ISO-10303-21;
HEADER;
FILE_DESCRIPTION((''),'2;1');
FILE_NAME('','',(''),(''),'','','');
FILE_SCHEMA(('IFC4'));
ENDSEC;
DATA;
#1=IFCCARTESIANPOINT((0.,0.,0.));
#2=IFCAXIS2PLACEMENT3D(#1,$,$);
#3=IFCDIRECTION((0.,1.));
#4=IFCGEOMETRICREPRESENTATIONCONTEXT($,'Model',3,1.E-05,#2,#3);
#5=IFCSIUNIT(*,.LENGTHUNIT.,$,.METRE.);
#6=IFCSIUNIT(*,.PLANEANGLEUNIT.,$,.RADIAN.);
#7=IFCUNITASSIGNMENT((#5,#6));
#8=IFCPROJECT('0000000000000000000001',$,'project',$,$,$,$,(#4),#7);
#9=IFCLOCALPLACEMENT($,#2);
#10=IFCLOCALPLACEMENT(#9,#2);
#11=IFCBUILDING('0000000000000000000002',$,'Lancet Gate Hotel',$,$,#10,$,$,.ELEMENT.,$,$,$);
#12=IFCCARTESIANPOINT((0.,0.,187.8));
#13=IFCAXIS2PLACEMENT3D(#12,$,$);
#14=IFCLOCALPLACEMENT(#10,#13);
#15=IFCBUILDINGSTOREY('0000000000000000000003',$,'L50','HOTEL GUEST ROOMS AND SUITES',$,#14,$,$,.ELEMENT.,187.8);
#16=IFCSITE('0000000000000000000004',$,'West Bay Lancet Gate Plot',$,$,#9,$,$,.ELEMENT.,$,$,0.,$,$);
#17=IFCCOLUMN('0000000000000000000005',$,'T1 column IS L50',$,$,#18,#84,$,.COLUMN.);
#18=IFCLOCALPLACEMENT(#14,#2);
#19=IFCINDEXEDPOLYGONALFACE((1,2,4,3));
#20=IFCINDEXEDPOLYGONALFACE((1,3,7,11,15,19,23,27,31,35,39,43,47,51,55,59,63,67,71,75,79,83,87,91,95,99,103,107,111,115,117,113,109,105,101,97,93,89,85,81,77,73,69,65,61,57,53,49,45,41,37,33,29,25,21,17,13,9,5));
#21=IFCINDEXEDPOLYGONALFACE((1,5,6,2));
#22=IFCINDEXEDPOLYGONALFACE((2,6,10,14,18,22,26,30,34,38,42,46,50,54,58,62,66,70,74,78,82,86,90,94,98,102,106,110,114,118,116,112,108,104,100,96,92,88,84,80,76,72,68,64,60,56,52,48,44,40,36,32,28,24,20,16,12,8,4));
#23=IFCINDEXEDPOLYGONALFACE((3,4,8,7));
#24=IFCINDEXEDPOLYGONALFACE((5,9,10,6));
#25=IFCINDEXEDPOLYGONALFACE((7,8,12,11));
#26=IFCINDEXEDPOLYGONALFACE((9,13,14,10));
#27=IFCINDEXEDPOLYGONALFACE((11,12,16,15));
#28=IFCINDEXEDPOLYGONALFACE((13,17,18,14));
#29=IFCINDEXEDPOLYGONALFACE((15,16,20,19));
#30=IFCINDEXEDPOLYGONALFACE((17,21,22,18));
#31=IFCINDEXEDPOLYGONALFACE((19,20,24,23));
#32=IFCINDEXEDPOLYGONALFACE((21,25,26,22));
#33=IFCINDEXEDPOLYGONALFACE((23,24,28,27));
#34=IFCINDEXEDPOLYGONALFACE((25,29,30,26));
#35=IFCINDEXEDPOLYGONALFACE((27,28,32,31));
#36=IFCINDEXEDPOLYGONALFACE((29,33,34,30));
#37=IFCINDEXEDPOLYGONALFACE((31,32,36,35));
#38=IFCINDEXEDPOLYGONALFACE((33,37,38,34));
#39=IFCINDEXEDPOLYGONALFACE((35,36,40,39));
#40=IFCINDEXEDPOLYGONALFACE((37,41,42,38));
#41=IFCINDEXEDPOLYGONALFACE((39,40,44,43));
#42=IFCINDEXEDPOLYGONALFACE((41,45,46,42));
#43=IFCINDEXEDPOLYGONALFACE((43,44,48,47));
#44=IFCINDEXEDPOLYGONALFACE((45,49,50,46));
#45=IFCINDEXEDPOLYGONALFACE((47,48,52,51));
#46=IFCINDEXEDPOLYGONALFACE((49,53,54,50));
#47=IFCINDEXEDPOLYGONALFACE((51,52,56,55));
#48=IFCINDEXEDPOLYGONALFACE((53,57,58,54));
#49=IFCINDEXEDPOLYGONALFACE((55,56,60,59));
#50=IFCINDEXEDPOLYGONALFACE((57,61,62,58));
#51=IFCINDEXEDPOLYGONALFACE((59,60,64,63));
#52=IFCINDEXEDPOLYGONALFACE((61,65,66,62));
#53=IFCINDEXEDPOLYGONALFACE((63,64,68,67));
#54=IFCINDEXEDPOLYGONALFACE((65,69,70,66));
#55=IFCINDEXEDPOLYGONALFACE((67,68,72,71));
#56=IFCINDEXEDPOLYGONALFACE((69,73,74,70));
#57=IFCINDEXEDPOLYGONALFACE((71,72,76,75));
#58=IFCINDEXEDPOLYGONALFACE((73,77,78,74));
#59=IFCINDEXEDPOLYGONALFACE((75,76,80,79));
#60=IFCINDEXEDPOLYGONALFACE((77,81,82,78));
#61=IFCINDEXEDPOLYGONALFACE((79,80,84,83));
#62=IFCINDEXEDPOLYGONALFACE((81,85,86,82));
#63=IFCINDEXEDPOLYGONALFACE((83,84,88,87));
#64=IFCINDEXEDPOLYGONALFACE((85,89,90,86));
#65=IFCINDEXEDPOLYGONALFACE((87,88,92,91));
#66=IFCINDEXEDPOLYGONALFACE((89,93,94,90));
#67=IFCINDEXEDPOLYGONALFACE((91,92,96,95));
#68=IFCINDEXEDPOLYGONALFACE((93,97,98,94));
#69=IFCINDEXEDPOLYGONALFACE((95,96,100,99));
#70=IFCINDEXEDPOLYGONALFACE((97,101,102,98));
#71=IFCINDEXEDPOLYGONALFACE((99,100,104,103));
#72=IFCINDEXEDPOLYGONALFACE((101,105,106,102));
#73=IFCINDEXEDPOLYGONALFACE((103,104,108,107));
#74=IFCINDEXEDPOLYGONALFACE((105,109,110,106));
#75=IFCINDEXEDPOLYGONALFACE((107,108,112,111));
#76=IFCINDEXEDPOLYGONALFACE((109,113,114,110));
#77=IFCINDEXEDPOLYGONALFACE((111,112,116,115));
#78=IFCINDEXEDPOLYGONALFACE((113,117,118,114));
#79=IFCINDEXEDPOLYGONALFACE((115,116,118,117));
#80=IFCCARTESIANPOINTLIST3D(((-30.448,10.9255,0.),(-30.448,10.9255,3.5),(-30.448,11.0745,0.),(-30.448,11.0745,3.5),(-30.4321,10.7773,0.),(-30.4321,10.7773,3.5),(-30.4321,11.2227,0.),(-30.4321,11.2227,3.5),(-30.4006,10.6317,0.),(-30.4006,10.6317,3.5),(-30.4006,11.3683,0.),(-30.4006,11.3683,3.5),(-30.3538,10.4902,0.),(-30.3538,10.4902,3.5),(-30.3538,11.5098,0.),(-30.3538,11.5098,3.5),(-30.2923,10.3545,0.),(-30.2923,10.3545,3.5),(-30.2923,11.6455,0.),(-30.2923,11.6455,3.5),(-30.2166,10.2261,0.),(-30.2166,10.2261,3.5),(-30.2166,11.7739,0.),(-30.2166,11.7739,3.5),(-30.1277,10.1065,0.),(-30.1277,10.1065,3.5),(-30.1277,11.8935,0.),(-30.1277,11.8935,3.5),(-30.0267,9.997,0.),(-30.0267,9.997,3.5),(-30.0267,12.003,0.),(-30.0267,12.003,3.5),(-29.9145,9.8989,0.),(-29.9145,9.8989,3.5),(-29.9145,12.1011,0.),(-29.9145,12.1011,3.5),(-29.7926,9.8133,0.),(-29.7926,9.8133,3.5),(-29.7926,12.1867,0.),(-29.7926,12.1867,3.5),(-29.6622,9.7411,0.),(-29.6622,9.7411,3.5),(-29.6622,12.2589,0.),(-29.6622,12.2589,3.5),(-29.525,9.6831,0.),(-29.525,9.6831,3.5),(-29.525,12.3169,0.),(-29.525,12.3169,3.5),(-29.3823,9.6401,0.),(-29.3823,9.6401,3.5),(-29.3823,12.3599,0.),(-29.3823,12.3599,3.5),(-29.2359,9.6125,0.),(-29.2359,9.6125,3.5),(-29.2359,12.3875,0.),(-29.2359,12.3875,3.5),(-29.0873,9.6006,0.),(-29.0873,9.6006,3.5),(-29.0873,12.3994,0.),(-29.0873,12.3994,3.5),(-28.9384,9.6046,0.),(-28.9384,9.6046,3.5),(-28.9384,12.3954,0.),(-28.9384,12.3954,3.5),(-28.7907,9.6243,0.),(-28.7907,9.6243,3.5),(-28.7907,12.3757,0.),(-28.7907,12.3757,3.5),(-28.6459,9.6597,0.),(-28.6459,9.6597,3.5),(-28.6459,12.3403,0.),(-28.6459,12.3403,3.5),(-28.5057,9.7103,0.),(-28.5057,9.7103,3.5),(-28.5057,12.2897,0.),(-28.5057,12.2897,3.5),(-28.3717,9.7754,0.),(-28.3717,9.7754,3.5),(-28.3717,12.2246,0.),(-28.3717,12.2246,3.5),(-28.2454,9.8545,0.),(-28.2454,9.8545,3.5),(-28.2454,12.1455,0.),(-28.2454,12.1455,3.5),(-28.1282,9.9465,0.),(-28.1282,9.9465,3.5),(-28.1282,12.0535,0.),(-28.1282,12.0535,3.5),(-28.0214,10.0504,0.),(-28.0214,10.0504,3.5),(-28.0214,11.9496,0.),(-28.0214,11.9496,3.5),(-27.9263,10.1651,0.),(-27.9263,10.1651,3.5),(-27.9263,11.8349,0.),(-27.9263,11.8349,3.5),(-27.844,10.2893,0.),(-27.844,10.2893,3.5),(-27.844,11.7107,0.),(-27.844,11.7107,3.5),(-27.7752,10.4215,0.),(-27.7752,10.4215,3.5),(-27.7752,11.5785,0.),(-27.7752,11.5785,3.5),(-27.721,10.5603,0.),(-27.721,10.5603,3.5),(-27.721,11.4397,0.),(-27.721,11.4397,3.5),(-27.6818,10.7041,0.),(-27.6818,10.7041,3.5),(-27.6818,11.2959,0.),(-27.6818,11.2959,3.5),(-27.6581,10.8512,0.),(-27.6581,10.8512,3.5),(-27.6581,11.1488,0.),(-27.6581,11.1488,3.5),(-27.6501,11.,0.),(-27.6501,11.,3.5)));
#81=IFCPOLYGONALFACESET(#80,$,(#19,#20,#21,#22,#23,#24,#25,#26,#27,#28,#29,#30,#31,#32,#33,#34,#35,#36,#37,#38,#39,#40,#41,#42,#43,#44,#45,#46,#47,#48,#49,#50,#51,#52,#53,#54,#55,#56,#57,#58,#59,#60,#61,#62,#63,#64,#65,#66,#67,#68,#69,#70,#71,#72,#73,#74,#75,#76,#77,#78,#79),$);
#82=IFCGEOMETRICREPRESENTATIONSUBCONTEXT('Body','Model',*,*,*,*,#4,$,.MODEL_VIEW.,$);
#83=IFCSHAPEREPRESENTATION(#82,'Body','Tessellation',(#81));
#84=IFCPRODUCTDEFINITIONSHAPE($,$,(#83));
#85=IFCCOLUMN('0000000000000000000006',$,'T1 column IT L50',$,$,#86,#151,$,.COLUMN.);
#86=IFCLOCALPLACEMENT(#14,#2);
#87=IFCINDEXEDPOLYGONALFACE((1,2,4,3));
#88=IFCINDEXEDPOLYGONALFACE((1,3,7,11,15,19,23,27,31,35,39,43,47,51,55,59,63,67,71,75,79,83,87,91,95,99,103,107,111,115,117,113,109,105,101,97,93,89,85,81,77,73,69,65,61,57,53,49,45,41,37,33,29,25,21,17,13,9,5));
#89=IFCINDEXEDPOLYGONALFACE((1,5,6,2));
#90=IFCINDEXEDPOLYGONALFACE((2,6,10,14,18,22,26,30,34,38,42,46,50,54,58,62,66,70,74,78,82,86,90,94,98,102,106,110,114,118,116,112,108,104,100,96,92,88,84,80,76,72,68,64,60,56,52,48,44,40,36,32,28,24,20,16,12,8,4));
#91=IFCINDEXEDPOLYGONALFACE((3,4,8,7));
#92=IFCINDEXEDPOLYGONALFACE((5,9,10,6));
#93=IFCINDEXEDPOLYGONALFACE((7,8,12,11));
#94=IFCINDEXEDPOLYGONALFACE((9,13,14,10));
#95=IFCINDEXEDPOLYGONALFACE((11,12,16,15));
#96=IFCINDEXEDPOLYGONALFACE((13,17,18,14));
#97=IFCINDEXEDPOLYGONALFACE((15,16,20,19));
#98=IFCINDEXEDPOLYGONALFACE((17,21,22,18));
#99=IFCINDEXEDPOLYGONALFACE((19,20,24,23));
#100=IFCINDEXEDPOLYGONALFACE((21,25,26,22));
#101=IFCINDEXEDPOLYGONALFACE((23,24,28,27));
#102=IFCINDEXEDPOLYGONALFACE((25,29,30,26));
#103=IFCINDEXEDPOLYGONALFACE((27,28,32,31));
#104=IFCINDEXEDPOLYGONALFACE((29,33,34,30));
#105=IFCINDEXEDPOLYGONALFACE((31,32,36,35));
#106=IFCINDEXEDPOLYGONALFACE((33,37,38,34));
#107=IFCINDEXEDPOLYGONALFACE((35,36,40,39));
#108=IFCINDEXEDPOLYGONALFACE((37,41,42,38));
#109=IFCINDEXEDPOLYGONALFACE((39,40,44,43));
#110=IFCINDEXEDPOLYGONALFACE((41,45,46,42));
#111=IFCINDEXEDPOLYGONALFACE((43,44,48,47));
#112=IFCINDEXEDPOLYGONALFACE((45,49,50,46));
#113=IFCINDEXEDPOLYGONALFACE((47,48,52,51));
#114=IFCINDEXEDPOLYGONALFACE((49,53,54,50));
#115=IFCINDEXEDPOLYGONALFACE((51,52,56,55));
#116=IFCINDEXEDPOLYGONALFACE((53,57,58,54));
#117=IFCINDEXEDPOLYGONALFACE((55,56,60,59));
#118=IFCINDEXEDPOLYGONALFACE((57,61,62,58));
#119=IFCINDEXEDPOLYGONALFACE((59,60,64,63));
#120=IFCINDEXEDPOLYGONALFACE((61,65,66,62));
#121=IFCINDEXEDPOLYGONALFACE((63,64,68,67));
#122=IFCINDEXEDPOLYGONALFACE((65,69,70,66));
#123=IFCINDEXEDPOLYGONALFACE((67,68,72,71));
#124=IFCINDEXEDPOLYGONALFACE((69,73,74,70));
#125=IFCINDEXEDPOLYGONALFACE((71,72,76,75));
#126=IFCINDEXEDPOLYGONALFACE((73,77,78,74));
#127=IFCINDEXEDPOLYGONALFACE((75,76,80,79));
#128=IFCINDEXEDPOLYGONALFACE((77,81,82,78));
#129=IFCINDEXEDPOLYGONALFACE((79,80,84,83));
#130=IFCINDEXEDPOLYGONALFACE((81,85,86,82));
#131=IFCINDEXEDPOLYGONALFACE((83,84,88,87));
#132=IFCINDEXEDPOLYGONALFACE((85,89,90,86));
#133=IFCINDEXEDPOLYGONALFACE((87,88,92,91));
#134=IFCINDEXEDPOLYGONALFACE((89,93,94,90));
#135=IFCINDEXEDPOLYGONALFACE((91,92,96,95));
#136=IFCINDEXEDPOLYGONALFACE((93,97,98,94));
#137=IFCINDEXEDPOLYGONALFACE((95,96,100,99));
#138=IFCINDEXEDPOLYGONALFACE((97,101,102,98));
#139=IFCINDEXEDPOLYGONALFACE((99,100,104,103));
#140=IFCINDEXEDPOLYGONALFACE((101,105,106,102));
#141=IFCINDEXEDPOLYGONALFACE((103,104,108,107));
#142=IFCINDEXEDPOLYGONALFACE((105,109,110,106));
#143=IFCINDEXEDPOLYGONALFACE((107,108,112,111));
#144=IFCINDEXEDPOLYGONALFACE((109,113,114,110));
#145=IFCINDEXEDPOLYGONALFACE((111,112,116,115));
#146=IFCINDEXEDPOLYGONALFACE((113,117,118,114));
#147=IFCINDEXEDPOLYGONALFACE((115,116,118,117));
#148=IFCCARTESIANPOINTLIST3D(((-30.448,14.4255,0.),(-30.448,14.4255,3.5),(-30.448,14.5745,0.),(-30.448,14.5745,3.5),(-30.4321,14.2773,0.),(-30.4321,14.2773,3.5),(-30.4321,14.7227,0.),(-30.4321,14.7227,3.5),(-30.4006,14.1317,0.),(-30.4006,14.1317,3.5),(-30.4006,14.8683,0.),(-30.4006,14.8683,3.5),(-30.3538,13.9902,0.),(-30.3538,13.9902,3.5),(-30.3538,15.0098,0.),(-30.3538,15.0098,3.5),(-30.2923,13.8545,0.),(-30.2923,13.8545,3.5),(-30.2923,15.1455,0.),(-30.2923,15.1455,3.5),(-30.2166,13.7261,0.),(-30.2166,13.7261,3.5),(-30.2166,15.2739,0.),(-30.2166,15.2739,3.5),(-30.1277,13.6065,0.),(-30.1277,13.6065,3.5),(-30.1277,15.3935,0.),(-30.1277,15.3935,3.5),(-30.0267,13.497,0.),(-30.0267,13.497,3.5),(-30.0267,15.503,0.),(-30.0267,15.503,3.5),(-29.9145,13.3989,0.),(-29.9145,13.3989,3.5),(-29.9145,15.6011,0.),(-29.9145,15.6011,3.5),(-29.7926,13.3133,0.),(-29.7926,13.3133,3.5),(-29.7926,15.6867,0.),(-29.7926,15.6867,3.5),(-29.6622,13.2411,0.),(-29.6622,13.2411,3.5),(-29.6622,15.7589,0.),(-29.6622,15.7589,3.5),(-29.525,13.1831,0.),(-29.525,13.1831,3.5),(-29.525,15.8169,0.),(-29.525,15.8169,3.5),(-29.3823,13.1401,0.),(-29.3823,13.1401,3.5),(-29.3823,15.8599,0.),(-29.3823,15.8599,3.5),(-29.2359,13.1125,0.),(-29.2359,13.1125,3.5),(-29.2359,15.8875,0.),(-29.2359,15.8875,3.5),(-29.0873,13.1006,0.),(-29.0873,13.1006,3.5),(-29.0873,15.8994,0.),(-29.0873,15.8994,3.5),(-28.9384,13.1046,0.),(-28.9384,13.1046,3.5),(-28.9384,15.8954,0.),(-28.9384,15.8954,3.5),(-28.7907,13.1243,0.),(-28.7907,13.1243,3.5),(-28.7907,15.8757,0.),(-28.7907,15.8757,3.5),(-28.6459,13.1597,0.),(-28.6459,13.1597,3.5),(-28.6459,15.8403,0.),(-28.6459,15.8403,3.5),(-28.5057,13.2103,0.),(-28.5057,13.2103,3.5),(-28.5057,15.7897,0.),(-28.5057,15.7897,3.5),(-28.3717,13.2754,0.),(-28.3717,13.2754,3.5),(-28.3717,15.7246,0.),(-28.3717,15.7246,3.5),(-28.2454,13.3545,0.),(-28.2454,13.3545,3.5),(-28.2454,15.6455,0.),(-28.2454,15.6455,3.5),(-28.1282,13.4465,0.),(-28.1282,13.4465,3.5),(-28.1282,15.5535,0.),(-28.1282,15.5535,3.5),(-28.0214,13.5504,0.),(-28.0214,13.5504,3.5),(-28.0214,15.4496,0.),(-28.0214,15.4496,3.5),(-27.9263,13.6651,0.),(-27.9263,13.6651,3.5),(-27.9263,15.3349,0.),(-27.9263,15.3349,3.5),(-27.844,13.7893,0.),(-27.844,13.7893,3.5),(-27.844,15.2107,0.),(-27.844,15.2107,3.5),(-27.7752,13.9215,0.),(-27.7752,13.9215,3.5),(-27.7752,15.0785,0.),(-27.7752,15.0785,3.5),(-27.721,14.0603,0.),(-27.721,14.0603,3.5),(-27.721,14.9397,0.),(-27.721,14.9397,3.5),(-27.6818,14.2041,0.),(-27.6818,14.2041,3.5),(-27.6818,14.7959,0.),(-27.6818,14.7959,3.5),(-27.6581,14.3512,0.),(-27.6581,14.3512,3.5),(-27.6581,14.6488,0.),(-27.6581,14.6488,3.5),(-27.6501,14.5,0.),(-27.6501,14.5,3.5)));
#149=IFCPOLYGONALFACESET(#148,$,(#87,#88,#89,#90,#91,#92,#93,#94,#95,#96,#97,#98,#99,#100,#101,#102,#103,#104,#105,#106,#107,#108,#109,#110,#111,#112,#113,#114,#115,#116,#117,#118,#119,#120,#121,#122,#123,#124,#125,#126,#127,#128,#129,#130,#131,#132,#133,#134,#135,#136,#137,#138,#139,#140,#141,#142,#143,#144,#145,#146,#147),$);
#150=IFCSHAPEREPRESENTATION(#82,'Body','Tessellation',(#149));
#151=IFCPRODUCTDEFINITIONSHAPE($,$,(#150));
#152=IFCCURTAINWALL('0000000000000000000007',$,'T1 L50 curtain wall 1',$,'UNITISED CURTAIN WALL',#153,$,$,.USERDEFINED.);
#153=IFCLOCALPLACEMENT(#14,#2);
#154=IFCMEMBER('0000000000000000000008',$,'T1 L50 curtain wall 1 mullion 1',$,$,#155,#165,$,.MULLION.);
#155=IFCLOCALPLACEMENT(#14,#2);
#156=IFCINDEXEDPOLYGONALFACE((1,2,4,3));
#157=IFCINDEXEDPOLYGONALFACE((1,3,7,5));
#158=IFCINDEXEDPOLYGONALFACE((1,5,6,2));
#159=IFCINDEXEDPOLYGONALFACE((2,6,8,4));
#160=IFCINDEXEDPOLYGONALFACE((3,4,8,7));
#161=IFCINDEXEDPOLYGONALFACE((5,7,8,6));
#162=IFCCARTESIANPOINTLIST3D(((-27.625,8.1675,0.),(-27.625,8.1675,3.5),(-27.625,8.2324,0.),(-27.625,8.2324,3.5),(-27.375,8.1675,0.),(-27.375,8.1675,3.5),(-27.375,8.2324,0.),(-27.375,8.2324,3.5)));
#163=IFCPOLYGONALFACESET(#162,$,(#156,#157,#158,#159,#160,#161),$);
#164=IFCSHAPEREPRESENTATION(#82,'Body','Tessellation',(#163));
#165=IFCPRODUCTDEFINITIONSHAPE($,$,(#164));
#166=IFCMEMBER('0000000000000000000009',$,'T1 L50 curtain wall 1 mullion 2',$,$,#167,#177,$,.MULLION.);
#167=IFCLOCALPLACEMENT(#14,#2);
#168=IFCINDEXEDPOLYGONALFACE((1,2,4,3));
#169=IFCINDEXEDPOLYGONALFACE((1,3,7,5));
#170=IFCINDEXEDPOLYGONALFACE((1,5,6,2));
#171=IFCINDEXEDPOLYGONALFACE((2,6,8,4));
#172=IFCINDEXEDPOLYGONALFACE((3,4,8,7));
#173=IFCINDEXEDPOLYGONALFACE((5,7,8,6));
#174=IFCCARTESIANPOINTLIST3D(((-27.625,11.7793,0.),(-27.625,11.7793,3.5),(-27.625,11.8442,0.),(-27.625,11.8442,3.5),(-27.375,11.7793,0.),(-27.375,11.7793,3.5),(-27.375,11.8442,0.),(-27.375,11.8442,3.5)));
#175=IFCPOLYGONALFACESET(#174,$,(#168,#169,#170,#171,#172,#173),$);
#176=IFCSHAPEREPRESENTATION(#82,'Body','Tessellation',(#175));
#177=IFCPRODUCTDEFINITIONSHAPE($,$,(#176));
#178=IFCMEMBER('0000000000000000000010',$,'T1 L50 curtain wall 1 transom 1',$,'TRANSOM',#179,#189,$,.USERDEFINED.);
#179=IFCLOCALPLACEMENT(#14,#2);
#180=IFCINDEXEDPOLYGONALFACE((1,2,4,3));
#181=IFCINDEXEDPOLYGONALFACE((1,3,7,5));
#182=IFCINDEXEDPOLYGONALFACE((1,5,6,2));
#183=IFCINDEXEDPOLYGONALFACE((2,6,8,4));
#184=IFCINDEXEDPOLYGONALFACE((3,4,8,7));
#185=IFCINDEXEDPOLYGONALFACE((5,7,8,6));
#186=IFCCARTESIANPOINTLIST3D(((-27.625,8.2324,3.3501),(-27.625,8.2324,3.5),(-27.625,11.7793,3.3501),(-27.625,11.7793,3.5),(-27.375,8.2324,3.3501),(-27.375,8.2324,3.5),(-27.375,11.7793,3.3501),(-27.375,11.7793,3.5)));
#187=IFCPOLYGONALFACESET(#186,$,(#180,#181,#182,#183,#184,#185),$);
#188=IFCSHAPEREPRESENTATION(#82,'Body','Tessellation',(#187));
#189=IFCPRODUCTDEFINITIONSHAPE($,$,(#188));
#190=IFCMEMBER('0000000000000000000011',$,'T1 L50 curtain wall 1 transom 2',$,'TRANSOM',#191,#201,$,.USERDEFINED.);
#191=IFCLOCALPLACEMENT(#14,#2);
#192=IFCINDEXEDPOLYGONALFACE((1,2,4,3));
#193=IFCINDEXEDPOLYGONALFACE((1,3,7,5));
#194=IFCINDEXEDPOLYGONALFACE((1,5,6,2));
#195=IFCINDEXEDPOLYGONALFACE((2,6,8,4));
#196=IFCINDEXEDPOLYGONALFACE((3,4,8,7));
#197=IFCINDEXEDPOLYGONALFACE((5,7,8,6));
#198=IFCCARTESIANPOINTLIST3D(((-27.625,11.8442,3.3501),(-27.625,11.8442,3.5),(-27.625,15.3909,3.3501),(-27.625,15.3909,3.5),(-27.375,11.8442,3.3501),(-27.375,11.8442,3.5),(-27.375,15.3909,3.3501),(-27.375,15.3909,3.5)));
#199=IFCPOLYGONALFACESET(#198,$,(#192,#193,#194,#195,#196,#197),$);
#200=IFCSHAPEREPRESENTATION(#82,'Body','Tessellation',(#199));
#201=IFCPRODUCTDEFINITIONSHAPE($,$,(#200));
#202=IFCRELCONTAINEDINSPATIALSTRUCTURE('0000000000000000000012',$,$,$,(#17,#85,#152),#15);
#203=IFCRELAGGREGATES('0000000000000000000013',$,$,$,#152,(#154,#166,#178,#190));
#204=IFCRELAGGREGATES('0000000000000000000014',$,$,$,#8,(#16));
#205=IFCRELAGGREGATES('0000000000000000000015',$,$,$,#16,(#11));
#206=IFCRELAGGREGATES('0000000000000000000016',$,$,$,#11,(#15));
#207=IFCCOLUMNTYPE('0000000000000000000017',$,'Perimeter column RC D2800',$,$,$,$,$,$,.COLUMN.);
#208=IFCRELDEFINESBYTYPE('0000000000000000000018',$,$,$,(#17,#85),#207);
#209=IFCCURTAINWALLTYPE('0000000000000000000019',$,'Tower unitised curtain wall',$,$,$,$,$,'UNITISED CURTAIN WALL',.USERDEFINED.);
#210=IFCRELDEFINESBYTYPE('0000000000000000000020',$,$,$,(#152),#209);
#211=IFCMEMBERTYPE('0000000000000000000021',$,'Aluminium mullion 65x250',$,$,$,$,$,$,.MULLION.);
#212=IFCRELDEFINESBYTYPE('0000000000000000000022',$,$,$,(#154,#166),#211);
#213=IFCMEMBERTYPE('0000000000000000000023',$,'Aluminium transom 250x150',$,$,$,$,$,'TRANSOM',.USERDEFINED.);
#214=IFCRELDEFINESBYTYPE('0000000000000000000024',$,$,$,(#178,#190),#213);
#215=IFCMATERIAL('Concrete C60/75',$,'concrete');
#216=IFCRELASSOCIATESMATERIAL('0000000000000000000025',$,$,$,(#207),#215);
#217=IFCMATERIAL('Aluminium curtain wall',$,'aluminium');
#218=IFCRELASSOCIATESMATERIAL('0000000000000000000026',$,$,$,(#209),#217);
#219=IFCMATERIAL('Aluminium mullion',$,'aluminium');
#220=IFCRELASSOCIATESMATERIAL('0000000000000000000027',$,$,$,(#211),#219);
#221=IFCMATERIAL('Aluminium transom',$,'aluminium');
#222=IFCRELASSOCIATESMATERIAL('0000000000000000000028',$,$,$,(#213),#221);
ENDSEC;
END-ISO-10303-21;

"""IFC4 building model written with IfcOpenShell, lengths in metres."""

from ifc_helpers import new_model, si_unit, direction, frame, origin, origin_2d, place, context, subcontext, project, spatial, rectangle, circle, extrude, material, material_profile, profile_set, type_object, element, aggregate, save


model = new_model("IFC4")

# Units and contexts
model_context = context("Model", 3, precision=1e-05, world=origin(), true_north=direction((0.0, 1.0)))
body_context = subcontext(model_context, "Body", "Model", "MODEL_VIEW")
ifc_project = project(units=[si_unit("LENGTHUNIT", "METRE"), si_unit("PLANEANGLEUNIT", "RADIAN")], contexts=[model_context])

# Site, building, storey
site_placement = place(None, origin())
site = spatial("IfcSite", under=ifc_project, at=site_placement, Name="West Bay Lancet Gate Plot", CompositionType="ELEMENT", RefElevation=0.0)
building_placement = place(site_placement, origin())
building = spatial("IfcBuilding", under=site, at=building_placement, Name="Lancet Gate Hotel", CompositionType="ELEMENT")
storey_placement = place(building_placement, frame((0.0, 0.0, 187.8)))
storey = spatial("IfcBuildingStorey", under=building, at=storey_placement, Name="L50", Description="HOTEL GUEST ROOMS AND SUITES", CompositionType="ELEMENT", Elevation=187.8)

# Columns
ifc_material_1 = material(Name="Concrete C60/75", Category="concrete")
ifc_material_profile_1 = material_profile(ifc_material_1, circle(Radius=1.3999, at=origin_2d()), Name="RC D2800")
ifc_profile_set_1 = profile_set([ifc_material_profile_1], Name="Concrete C60/75")
column_type = type_object("IfcColumnType", Name="Perimeter column RC D2800", PredefinedType="COLUMN", material=ifc_profile_set_1)
for number, where, z_axis, x_axis, name in (
    (1, (-29.05, 11.0, 0.0), (0.0, 0.0, 1.0), (1.0, 0.0, 0.0), "T1 column IS L50"),
    (2, (-29.05, 14.5, 0.0), (0.0, 0.0, 1.0), (1.0, 0.0, 0.0), "T1 column IT L50"),
):
    element("IfcColumn", number, at=place(storey_placement, frame(where, z_axis=z_axis, x_axis=x_axis)), inside=storey, type_object=column_type, Name=name, PredefinedType="COLUMN", context=body_context, shape_type="SweptSolid", body=[
        extrude(circle(Radius=1.3999, at=origin_2d()), origin(), (0.0, 0.0, 1.0), 3.5),
    ])

# Curtain wall, members
ifc_material_2 = material(Name="Aluminium curtain wall", Category="aluminium")
curtain_wall_type = type_object("IfcCurtainWallType", Name="Tower unitised curtain wall", ElementType="UNITISED CURTAIN WALL", PredefinedType="USERDEFINED", material=ifc_material_2)
curtain_wall_placement = place(storey_placement, origin())
curtain_wall = element("IfcCurtainWall", 3, at=curtain_wall_placement, inside=storey, type_object=curtain_wall_type, Name="T1 L50 curtain wall 1", ObjectType="UNITISED CURTAIN WALL", PredefinedType="USERDEFINED")
ifc_material_3 = material(Name="Aluminium mullion", Category="aluminium")
ifc_material_profile_2 = material_profile(ifc_material_3, rectangle(XDim=0.0649, YDim=0.25, at=origin_2d()), Name="MULLION 65x250")
ifc_profile_set_2 = profile_set([ifc_material_profile_2], Name="Aluminium mullion")
member_type_1 = type_object("IfcMemberType", Name="Aluminium mullion 65x250", PredefinedType="MULLION", material=ifc_profile_set_2)
member_1_placement = place(storey_placement, frame((-27.5, 8.2, 0.0), z_axis=(0.0, 0.0, 1.0), x_axis=(0.0, 1.0, 0.0)))
member_1 = element("IfcMember", 4, at=member_1_placement, type_object=member_type_1, Name="T1 L50 curtain wall 1 mullion 1", PredefinedType="MULLION", context=body_context, shape_type="SweptSolid", body=[
    extrude(rectangle(XDim=0.0649, YDim=0.25, at=origin_2d()), origin(), (0.0, 0.0, 1.0), 3.5),
])
member_2_placement = place(storey_placement, frame((-27.5, 11.8118, 0.0), z_axis=(0.0, 0.0, 1.0), x_axis=(0.0, 1.0, 0.0)))
member_2 = element("IfcMember", 5, at=member_2_placement, type_object=member_type_1, Name="T1 L50 curtain wall 1 mullion 2", PredefinedType="MULLION", context=body_context, shape_type="SweptSolid", body=[
    extrude(rectangle(XDim=0.0649, YDim=0.25, at=origin_2d()), origin(), (0.0, 0.0, 1.0), 3.5),
])
ifc_material_4 = material(Name="Aluminium transom", Category="aluminium")
ifc_material_profile_3 = material_profile(ifc_material_4, rectangle(XDim=0.25, YDim=0.1499, at=origin_2d()), Name="TRANSOM 250x150")
ifc_profile_set_3 = profile_set([ifc_material_profile_3], Name="Aluminium transom")
member_type_2 = type_object("IfcMemberType", Name="Aluminium transom 250x150", ElementType="TRANSOM", PredefinedType="USERDEFINED", material=ifc_profile_set_3)
member_3_placement = place(storey_placement, frame((-27.5, 8.2324, 3.425), z_axis=(0.0, 1.0, 0.0), x_axis=(-1.0, 0.0, 0.0)))
member_3 = element("IfcMember", 6, at=member_3_placement, type_object=member_type_2, Name="T1 L50 curtain wall 1 transom 1", ObjectType="TRANSOM", PredefinedType="USERDEFINED", context=body_context, shape_type="SweptSolid", body=[
    extrude(rectangle(XDim=0.25, YDim=0.1499, at=origin_2d()), origin(), (0.0, 0.0, 1.0), 3.5469),
])
member_4_placement = place(storey_placement, frame((-27.5, 11.8442, 3.425), z_axis=(0.0, 1.0, 0.0), x_axis=(-1.0, 0.0, 0.0)))
member_4 = element("IfcMember", 7, at=member_4_placement, type_object=member_type_2, Name="T1 L50 curtain wall 1 transom 2", ObjectType="TRANSOM", PredefinedType="USERDEFINED", context=body_context, shape_type="SweptSolid", body=[
    extrude(rectangle(XDim=0.25, YDim=0.1499, at=origin_2d()), origin(), (0.0, 0.0, 1.0), 3.5466),
])

aggregate(curtain_wall, [member_1, member_2, member_3, member_4])

save(model, "model.ifc")
